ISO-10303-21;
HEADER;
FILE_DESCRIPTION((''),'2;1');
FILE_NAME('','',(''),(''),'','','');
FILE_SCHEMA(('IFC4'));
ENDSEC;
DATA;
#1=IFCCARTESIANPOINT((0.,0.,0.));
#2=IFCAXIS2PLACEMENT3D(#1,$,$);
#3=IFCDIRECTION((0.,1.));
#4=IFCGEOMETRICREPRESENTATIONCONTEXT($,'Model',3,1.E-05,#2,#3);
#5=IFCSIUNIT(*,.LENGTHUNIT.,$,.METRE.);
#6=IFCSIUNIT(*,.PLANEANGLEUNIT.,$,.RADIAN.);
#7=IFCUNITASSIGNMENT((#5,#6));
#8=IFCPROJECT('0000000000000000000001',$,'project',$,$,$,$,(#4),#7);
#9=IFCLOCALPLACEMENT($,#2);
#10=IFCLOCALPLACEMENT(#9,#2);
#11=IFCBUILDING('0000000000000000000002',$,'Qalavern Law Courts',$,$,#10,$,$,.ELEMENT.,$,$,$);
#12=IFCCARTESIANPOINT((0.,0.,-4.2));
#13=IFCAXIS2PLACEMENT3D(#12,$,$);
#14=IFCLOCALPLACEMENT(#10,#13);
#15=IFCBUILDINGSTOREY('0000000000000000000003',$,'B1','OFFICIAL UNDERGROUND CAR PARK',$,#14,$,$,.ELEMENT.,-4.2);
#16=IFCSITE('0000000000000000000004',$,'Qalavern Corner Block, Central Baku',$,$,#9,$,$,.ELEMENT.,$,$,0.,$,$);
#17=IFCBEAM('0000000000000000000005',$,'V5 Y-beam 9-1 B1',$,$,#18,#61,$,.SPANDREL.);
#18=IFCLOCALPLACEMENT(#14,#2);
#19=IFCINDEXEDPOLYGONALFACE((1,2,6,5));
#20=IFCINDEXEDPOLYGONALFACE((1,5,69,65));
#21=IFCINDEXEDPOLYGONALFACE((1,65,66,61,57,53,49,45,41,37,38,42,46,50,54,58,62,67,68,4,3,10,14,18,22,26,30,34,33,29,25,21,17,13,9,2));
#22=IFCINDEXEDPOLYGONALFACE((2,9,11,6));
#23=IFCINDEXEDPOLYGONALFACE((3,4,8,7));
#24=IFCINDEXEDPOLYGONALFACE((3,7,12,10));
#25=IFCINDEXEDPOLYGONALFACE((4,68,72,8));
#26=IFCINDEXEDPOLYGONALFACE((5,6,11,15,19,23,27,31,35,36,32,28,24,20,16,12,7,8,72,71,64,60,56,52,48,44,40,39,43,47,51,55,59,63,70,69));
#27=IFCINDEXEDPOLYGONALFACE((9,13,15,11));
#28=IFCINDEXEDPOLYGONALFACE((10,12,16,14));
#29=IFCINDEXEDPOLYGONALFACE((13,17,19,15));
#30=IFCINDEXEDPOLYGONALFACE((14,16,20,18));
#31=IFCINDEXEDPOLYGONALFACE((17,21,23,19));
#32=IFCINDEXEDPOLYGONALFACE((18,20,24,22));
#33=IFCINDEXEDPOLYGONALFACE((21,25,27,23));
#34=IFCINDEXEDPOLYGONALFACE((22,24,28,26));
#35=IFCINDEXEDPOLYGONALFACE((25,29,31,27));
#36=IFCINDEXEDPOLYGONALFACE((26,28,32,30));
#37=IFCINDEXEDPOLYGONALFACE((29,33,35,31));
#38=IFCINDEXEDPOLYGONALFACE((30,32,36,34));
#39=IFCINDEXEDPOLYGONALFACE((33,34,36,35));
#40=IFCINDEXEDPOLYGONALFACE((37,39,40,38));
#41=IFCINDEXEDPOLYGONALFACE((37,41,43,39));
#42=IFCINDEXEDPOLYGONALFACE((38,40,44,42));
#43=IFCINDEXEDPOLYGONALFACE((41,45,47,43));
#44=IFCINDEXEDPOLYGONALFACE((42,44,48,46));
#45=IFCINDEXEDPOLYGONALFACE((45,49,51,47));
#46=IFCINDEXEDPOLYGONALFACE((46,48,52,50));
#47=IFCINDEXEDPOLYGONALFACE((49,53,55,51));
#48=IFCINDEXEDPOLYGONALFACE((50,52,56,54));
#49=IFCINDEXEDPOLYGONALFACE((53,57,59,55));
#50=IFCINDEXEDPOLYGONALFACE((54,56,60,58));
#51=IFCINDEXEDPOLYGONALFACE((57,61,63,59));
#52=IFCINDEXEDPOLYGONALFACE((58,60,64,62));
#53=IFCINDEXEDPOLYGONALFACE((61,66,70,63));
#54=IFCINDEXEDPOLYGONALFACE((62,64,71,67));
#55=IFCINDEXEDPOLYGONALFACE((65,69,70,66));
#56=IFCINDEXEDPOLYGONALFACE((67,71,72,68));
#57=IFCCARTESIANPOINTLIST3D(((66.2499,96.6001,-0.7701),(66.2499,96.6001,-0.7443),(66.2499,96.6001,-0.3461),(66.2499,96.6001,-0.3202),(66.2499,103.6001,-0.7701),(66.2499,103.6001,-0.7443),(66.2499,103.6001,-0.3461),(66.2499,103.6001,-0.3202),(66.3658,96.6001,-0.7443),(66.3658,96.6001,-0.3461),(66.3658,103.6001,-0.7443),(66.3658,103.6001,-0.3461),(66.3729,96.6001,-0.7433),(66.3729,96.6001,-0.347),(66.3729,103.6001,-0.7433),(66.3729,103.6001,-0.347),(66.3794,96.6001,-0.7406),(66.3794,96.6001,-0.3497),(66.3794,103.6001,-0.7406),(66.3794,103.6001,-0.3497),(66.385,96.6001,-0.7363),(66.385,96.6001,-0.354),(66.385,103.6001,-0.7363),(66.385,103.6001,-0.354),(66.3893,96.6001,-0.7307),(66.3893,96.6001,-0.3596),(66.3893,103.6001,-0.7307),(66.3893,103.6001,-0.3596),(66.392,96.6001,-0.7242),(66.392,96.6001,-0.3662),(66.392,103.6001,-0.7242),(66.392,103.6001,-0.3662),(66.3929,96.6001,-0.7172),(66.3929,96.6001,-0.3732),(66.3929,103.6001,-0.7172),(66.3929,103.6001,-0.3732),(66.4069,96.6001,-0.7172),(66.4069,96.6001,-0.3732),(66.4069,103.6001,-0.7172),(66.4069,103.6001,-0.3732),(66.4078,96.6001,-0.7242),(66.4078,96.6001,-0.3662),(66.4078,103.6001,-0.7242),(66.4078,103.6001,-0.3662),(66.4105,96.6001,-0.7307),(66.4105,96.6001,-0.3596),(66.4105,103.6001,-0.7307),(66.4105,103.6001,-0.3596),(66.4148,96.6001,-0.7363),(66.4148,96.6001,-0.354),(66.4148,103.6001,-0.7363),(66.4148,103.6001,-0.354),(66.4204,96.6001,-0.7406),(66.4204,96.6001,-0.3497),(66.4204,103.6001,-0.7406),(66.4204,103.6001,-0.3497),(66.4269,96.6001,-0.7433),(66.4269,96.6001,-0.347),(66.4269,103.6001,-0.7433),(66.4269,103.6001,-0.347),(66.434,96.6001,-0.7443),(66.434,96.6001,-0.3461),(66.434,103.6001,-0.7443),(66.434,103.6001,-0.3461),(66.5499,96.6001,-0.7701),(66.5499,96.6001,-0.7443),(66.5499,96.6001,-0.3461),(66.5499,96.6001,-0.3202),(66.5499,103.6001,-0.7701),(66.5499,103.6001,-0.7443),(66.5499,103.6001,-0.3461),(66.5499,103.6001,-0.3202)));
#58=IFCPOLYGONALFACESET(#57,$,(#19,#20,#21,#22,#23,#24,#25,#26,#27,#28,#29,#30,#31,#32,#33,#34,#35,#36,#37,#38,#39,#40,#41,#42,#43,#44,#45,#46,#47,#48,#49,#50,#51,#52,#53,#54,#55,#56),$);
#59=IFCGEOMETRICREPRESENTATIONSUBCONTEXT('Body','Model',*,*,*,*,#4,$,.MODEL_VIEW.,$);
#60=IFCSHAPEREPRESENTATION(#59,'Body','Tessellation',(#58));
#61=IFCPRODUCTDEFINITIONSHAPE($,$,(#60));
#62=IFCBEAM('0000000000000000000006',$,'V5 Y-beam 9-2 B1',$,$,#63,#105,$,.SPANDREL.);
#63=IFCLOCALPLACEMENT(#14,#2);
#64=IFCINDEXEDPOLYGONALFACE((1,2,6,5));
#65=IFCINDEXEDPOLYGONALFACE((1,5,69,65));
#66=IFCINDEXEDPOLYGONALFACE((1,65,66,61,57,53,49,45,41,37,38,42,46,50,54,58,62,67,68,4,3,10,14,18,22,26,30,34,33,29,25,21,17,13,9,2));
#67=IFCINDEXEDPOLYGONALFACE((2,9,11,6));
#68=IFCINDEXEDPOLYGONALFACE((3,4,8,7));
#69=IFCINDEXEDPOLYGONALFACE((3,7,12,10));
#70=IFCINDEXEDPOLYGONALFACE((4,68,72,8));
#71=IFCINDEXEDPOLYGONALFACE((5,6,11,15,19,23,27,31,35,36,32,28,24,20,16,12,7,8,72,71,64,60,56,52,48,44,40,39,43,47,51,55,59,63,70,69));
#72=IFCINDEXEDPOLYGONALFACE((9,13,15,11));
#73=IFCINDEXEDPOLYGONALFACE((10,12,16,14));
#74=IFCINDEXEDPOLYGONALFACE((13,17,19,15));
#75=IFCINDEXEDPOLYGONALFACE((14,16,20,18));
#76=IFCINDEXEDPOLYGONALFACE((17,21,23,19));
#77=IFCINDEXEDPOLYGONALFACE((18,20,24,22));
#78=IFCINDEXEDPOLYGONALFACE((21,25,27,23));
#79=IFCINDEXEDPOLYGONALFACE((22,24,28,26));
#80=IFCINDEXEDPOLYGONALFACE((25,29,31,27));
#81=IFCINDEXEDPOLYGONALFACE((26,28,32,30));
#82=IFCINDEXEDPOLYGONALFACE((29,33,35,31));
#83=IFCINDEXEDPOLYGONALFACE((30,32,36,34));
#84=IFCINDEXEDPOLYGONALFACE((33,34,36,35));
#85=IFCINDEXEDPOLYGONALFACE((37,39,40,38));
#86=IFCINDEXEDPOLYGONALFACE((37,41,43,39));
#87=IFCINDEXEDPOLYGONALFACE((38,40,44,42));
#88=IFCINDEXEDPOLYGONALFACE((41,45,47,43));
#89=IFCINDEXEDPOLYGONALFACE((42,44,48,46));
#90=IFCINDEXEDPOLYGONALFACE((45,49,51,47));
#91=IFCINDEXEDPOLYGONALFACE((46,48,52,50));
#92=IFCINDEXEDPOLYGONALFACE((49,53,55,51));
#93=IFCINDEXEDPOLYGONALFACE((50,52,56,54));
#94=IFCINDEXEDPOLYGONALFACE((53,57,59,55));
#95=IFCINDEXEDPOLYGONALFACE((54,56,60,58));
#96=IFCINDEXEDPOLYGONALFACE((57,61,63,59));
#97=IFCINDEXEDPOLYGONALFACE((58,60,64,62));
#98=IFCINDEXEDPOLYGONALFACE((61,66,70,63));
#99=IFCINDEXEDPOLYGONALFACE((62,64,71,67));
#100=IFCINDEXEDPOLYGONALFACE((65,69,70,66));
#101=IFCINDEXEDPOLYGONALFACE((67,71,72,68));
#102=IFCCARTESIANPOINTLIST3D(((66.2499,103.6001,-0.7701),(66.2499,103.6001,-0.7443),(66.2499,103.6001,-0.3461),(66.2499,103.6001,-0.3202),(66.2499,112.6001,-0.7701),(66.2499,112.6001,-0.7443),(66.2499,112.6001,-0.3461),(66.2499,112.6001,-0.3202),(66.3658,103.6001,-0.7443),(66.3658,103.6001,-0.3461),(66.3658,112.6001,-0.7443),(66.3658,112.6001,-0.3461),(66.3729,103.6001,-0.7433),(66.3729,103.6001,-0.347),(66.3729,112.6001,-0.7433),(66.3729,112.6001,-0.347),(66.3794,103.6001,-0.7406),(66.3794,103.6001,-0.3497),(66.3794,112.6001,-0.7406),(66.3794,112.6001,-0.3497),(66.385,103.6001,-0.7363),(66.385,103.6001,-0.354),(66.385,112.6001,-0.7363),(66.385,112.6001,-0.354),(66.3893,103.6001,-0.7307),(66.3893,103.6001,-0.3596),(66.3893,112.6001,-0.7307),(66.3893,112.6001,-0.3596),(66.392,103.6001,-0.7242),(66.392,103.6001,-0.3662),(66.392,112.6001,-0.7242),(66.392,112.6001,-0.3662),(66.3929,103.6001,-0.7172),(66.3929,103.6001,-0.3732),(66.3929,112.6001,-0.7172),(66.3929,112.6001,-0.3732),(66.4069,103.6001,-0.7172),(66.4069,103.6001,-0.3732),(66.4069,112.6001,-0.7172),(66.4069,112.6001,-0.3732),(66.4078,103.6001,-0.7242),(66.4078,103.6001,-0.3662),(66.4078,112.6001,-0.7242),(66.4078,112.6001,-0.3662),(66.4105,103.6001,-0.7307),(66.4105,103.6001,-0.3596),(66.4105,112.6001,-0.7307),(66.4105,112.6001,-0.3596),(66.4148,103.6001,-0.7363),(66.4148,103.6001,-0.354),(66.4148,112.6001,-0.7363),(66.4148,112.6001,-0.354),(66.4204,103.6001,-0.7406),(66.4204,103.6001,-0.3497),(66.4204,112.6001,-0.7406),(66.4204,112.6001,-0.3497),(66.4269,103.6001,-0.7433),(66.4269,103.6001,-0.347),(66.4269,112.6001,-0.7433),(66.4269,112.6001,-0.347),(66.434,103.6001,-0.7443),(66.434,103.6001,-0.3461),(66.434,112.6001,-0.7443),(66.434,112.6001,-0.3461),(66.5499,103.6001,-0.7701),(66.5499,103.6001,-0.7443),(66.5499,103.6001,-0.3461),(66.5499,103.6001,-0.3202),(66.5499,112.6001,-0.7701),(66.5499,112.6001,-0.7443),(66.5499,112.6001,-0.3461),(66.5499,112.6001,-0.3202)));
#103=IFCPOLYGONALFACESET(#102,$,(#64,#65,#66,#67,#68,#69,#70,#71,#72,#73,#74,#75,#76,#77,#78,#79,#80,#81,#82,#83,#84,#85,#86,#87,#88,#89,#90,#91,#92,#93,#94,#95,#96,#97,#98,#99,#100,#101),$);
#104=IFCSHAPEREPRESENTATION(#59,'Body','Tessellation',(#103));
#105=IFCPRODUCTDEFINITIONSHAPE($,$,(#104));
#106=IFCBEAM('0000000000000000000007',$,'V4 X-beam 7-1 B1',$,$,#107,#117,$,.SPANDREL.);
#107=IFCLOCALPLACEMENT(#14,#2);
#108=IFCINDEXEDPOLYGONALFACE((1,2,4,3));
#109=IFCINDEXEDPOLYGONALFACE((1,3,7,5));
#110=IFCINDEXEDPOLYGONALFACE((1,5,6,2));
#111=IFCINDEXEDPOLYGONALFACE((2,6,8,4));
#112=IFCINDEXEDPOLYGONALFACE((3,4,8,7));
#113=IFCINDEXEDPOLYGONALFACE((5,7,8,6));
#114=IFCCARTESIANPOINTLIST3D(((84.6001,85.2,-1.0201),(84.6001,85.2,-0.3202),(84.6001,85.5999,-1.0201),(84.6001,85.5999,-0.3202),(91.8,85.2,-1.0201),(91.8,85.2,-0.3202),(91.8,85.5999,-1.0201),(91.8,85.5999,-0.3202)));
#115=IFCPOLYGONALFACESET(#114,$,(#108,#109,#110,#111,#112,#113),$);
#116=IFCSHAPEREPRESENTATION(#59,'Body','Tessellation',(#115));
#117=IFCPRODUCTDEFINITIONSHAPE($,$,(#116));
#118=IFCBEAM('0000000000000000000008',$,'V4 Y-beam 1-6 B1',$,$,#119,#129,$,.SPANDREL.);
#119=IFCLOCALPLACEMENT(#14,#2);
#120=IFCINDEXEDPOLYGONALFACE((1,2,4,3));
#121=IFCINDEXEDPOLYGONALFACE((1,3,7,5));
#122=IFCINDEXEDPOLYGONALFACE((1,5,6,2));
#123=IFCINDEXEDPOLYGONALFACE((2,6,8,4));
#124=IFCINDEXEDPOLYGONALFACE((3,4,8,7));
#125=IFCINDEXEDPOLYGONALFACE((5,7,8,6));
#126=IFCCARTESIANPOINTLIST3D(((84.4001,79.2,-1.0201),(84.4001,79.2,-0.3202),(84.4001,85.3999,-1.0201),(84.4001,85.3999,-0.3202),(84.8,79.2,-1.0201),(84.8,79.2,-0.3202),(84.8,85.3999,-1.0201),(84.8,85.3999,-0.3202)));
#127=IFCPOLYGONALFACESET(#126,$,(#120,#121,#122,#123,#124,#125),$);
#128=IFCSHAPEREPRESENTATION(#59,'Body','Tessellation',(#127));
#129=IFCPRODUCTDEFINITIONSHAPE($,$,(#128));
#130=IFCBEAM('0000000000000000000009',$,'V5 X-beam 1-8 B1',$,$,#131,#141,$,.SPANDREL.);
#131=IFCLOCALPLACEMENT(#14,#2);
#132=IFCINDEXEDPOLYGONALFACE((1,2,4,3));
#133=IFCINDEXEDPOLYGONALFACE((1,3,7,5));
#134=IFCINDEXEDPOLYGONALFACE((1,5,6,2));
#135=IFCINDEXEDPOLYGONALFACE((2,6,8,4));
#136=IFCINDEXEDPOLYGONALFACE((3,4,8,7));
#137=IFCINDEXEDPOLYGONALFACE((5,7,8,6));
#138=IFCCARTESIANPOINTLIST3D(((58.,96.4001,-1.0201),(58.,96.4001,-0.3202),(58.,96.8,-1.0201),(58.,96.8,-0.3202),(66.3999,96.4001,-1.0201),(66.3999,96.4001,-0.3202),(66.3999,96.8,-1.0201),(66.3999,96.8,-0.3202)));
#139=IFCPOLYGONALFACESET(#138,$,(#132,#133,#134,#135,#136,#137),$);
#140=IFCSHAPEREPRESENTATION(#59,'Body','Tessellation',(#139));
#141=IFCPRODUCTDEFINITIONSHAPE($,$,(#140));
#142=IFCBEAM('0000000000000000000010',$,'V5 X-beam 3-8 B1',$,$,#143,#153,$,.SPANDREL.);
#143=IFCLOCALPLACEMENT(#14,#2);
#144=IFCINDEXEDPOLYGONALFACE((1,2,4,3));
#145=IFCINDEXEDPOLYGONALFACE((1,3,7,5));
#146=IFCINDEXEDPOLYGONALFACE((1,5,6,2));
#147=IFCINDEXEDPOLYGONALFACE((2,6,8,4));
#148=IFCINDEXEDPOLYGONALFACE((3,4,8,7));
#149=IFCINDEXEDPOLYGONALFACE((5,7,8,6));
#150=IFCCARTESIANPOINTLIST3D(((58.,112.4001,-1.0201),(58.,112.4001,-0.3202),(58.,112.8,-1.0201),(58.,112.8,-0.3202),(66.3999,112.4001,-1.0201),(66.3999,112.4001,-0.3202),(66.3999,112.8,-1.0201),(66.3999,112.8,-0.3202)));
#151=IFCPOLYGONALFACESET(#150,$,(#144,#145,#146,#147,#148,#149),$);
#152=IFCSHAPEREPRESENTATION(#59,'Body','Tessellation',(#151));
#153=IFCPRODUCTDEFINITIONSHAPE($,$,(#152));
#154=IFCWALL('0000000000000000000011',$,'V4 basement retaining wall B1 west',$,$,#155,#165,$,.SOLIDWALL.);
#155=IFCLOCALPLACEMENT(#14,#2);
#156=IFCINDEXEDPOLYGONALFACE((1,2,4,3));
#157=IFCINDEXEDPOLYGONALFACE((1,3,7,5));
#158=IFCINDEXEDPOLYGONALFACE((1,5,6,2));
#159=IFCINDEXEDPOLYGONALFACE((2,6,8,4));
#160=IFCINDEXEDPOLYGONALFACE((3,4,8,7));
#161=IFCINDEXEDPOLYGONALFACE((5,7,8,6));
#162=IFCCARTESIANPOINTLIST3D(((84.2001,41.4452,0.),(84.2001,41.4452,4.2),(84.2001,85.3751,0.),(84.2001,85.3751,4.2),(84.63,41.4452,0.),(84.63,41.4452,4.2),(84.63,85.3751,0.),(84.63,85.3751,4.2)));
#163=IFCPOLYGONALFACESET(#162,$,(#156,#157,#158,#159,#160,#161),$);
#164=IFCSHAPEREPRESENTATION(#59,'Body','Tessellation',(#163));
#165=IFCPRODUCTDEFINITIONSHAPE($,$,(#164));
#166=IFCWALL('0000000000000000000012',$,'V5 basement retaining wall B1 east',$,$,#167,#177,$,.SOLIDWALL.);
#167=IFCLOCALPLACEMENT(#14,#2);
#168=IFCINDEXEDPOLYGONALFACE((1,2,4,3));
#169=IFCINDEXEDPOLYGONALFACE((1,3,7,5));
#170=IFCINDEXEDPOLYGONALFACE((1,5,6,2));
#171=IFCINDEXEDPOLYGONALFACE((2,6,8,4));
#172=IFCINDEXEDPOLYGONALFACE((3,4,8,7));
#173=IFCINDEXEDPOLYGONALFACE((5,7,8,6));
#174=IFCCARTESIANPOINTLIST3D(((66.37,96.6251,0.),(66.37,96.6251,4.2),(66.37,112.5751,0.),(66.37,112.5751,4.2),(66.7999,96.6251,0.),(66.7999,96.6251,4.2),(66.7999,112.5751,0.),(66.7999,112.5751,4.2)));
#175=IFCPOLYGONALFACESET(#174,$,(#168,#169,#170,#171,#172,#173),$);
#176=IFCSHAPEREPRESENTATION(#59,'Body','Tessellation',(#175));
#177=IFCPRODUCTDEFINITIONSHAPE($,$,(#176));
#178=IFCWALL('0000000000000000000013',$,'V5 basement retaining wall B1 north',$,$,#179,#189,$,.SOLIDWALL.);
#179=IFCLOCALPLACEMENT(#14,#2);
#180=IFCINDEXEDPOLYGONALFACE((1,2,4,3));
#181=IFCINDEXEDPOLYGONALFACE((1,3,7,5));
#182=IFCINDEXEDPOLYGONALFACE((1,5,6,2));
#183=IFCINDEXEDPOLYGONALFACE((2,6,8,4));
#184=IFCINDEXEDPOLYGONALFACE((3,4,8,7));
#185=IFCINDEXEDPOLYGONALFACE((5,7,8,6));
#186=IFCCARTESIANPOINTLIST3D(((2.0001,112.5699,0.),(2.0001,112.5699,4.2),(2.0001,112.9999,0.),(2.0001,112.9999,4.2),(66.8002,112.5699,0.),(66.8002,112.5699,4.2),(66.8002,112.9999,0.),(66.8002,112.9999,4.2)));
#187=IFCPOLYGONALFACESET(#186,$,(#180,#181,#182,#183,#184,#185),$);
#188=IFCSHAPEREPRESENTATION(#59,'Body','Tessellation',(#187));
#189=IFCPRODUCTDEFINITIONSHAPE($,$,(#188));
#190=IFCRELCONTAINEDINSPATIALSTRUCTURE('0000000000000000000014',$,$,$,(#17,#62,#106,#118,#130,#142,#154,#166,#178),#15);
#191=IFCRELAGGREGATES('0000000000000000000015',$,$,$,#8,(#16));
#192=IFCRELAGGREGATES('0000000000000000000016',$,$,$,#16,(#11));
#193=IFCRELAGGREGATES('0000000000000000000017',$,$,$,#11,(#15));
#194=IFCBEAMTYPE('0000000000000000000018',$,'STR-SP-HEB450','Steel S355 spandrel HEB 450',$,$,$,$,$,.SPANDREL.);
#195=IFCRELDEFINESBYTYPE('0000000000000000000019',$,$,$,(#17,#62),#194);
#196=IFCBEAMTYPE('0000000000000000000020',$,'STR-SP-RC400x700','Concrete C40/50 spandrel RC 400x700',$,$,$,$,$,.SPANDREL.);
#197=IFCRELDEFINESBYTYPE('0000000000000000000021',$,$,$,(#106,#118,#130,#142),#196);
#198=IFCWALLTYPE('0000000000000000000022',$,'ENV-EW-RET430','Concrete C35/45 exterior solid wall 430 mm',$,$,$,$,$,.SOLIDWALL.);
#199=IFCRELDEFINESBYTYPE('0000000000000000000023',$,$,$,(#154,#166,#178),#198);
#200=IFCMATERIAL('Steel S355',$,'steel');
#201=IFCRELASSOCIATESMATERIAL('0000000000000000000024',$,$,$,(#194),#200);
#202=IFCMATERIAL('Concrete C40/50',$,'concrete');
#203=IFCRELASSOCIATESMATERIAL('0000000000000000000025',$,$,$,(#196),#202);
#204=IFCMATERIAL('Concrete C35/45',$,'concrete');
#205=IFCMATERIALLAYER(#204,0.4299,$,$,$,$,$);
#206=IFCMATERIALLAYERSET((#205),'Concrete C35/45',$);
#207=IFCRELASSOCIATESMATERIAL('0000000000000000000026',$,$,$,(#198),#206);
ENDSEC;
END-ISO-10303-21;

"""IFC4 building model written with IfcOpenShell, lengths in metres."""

from ifc_helpers import new_model, si_unit, direction, frame, frame_2d, origin, origin_2d, place, context, subcontext, project, spatial, rectangle, i_section, extrude, material, layer, layer_set, material_profile, profile_set, type_object, element, save


model = new_model("IFC4")

# Units and contexts
model_context = context("Model", 3, precision=1e-05, world=origin(), true_north=direction((0.0, 1.0)))
body_context = subcontext(model_context, "Body", "Model", "MODEL_VIEW")
ifc_project = project(units=[si_unit("LENGTHUNIT", "METRE"), si_unit("PLANEANGLEUNIT", "RADIAN")], contexts=[model_context])

# Site, building, storey
site_placement = place(None, origin())
site = spatial("IfcSite", under=ifc_project, at=site_placement, Name="Qalavern Corner Block, Central Baku", CompositionType="ELEMENT", RefElevation=0.0)
building_placement = place(site_placement, origin())
building = spatial("IfcBuilding", under=site, at=building_placement, Name="Qalavern Law Courts", CompositionType="ELEMENT")
storey_placement = place(building_placement, frame((0.0, 0.0, -4.2)))
storey = spatial("IfcBuildingStorey", under=building, at=storey_placement, Name="B1", Description="OFFICIAL UNDERGROUND CAR PARK", CompositionType="ELEMENT", Elevation=-4.2)

# Beams
ifc_material_1 = material(Name="Steel S355", Category="steel")
ifc_material_2 = material(Name="Concrete C35/45", Category="concrete")
ifc_material_3 = material(Name="Concrete C40/50", Category="concrete")
ifc_material_profile_1 = material_profile(ifc_material_1, i_section(OverallWidth=0.3, OverallDepth=0.45, WebThickness=0.0139, FlangeThickness=0.0259, FilletRadius=0.0271, at=origin_2d()), Name="HEB 450")
ifc_profile_set_1 = profile_set([ifc_material_profile_1], Name="Steel S355")
beam_type_1 = type_object("IfcBeamType", Name="STR-SP-HEB450", Description="Steel S355 spandrel HEB 450", PredefinedType="SPANDREL", material=ifc_profile_set_1)
beam_1_placement = place(storey_placement, frame((66.3999, 96.6001, -0.5452), z_axis=(0.0, 1.0, 0.0), x_axis=(-1.0, 0.0, 0.0)))
element("IfcBeam", 1, at=beam_1_placement, inside=storey, type_object=beam_type_1, Name="V5 Y-beam 9-1 B1", PredefinedType="SPANDREL", context=body_context, shape_type="SweptSolid", body=[
    extrude(i_section(OverallWidth=0.3, OverallDepth=0.45, WebThickness=0.0139, FlangeThickness=0.0259, FilletRadius=0.0271, at=origin_2d()), origin(), (0.0, 0.0, 1.0), 7.0),
])
beam_2_placement = place(storey_placement, frame((66.3999, 103.6001, -0.5452), z_axis=(0.0, 1.0, 0.0), x_axis=(-1.0, 0.0, 0.0)))
element("IfcBeam", 2, at=beam_2_placement, inside=storey, type_object=beam_type_1, Name="V5 Y-beam 9-2 B1", PredefinedType="SPANDREL", context=body_context, shape_type="SweptSolid", body=[
    extrude(i_section(OverallWidth=0.3, OverallDepth=0.45, WebThickness=0.0139, FlangeThickness=0.0259, FilletRadius=0.0271, at=origin_2d()), origin(), (0.0, 0.0, 1.0), 9.0),
])
ifc_material_profile_2 = material_profile(ifc_material_3, rectangle(XDim=0.3999, YDim=0.7, at=origin_2d()), Name="RC 400x700")
ifc_profile_set_2 = profile_set([ifc_material_profile_2], Name="Concrete C40/50")
beam_type_2 = type_object("IfcBeamType", Name="STR-SP-RC400x700", Description="Concrete C40/50 spandrel RC 400x700", PredefinedType="SPANDREL", material=ifc_profile_set_2)
beam_3_placement = place(storey_placement, frame((84.6001, 85.3999, -0.6702), z_axis=(1.0, 0.0, 0.0), x_axis=(0.0, 1.0, 0.0)))
element("IfcBeam", 3, at=beam_3_placement, inside=storey, type_object=beam_type_2, Name="V4 X-beam 7-1 B1", PredefinedType="SPANDREL", context=body_context, shape_type="SweptSolid", body=[
    extrude(rectangle(XDim=0.3999, YDim=0.7, at=origin_2d()), origin(), (0.0, 0.0, 1.0), 7.2),
])
beam_4_placement = place(storey_placement, frame((84.6001, 79.2, -0.6702), z_axis=(0.0, 1.0, 0.0), x_axis=(-1.0, 0.0, 0.0)))
element("IfcBeam", 4, at=beam_4_placement, inside=storey, type_object=beam_type_2, Name="V4 Y-beam 1-6 B1", PredefinedType="SPANDREL", context=body_context, shape_type="SweptSolid", body=[
    extrude(rectangle(XDim=0.3999, YDim=0.7, at=origin_2d()), origin(), (0.0, 0.0, 1.0), 6.2),
])
for number, where, z_axis, x_axis, name in (
    (5, (58.0, 96.6001, -0.6702), (1.0, 0.0, 0.0), (0.0, 1.0, 0.0), "V5 X-beam 1-8 B1"),
    (6, (58.0, 112.6001, -0.6702), (1.0, 0.0, 0.0), (0.0, 1.0, 0.0), "V5 X-beam 3-8 B1"),
):
    element("IfcBeam", number, at=place(storey_placement, frame(where, z_axis=z_axis, x_axis=x_axis)), inside=storey, type_object=beam_type_2, Name=name, PredefinedType="SPANDREL", context=body_context, shape_type="SweptSolid", body=[
        extrude(rectangle(XDim=0.3999, YDim=0.7, at=origin_2d()), origin(), (0.0, 0.0, 1.0), 8.3999),
    ])

# Walls
ifc_layer_1 = layer(ifc_material_2, 0.4299)
ifc_layer_set_1 = layer_set([ifc_layer_1], Name="Concrete C35/45")
wall_type_1 = type_object("IfcWallType", Name="ENV-EW-RET430", Description="Concrete C35/45 exterior solid wall 430 mm", PredefinedType="SOLIDWALL", material=ifc_layer_set_1)
wall_1_placement = place(storey_placement, frame((84.415, 85.375, 0.0), z_axis=(0.0, 0.0, 1.0), x_axis=(0.0, -1.0, 0.0)))
element("IfcWall", 7, at=wall_1_placement, inside=storey, type_object=wall_type_1, Name="V4 basement retaining wall B1 west", PredefinedType="SOLIDWALL", context=body_context, shape_type="SweptSolid", body=[
    extrude(rectangle(XDim=43.9299, YDim=0.4299, at=frame_2d((21.9648, 0.0))), origin(), (0.0, 0.0, 1.0), 4.2),
])
wall_2_placement = place(storey_placement, frame((66.585, 96.625, 0.0), z_axis=(0.0, 0.0, 1.0), x_axis=(0.0, 1.0, 0.0)))
element("IfcWall", 8, at=wall_2_placement, inside=storey, type_object=wall_type_1, Name="V5 basement retaining wall B1 east", PredefinedType="SOLIDWALL", context=body_context, shape_type="SweptSolid", body=[
    extrude(rectangle(XDim=15.95, YDim=0.4299, at=frame_2d((7.9751, 0.0))), origin(), (0.0, 0.0, 1.0), 4.2),
])
wall_3_placement = place(storey_placement, frame((66.8, 112.7849, 0.0), z_axis=(0.0, 0.0, 1.0), x_axis=(-1.0, 0.0, 0.0)))
element("IfcWall", 9, at=wall_3_placement, inside=storey, type_object=wall_type_1, Name="V5 basement retaining wall B1 north", PredefinedType="SOLIDWALL", context=body_context, shape_type="SweptSolid", body=[
    extrude(rectangle(XDim=64.8, YDim=0.4299, at=frame_2d((32.3999, 0.0))), origin(), (0.0, 0.0, 1.0), 4.2),
])

save(model, "model.ifc")
